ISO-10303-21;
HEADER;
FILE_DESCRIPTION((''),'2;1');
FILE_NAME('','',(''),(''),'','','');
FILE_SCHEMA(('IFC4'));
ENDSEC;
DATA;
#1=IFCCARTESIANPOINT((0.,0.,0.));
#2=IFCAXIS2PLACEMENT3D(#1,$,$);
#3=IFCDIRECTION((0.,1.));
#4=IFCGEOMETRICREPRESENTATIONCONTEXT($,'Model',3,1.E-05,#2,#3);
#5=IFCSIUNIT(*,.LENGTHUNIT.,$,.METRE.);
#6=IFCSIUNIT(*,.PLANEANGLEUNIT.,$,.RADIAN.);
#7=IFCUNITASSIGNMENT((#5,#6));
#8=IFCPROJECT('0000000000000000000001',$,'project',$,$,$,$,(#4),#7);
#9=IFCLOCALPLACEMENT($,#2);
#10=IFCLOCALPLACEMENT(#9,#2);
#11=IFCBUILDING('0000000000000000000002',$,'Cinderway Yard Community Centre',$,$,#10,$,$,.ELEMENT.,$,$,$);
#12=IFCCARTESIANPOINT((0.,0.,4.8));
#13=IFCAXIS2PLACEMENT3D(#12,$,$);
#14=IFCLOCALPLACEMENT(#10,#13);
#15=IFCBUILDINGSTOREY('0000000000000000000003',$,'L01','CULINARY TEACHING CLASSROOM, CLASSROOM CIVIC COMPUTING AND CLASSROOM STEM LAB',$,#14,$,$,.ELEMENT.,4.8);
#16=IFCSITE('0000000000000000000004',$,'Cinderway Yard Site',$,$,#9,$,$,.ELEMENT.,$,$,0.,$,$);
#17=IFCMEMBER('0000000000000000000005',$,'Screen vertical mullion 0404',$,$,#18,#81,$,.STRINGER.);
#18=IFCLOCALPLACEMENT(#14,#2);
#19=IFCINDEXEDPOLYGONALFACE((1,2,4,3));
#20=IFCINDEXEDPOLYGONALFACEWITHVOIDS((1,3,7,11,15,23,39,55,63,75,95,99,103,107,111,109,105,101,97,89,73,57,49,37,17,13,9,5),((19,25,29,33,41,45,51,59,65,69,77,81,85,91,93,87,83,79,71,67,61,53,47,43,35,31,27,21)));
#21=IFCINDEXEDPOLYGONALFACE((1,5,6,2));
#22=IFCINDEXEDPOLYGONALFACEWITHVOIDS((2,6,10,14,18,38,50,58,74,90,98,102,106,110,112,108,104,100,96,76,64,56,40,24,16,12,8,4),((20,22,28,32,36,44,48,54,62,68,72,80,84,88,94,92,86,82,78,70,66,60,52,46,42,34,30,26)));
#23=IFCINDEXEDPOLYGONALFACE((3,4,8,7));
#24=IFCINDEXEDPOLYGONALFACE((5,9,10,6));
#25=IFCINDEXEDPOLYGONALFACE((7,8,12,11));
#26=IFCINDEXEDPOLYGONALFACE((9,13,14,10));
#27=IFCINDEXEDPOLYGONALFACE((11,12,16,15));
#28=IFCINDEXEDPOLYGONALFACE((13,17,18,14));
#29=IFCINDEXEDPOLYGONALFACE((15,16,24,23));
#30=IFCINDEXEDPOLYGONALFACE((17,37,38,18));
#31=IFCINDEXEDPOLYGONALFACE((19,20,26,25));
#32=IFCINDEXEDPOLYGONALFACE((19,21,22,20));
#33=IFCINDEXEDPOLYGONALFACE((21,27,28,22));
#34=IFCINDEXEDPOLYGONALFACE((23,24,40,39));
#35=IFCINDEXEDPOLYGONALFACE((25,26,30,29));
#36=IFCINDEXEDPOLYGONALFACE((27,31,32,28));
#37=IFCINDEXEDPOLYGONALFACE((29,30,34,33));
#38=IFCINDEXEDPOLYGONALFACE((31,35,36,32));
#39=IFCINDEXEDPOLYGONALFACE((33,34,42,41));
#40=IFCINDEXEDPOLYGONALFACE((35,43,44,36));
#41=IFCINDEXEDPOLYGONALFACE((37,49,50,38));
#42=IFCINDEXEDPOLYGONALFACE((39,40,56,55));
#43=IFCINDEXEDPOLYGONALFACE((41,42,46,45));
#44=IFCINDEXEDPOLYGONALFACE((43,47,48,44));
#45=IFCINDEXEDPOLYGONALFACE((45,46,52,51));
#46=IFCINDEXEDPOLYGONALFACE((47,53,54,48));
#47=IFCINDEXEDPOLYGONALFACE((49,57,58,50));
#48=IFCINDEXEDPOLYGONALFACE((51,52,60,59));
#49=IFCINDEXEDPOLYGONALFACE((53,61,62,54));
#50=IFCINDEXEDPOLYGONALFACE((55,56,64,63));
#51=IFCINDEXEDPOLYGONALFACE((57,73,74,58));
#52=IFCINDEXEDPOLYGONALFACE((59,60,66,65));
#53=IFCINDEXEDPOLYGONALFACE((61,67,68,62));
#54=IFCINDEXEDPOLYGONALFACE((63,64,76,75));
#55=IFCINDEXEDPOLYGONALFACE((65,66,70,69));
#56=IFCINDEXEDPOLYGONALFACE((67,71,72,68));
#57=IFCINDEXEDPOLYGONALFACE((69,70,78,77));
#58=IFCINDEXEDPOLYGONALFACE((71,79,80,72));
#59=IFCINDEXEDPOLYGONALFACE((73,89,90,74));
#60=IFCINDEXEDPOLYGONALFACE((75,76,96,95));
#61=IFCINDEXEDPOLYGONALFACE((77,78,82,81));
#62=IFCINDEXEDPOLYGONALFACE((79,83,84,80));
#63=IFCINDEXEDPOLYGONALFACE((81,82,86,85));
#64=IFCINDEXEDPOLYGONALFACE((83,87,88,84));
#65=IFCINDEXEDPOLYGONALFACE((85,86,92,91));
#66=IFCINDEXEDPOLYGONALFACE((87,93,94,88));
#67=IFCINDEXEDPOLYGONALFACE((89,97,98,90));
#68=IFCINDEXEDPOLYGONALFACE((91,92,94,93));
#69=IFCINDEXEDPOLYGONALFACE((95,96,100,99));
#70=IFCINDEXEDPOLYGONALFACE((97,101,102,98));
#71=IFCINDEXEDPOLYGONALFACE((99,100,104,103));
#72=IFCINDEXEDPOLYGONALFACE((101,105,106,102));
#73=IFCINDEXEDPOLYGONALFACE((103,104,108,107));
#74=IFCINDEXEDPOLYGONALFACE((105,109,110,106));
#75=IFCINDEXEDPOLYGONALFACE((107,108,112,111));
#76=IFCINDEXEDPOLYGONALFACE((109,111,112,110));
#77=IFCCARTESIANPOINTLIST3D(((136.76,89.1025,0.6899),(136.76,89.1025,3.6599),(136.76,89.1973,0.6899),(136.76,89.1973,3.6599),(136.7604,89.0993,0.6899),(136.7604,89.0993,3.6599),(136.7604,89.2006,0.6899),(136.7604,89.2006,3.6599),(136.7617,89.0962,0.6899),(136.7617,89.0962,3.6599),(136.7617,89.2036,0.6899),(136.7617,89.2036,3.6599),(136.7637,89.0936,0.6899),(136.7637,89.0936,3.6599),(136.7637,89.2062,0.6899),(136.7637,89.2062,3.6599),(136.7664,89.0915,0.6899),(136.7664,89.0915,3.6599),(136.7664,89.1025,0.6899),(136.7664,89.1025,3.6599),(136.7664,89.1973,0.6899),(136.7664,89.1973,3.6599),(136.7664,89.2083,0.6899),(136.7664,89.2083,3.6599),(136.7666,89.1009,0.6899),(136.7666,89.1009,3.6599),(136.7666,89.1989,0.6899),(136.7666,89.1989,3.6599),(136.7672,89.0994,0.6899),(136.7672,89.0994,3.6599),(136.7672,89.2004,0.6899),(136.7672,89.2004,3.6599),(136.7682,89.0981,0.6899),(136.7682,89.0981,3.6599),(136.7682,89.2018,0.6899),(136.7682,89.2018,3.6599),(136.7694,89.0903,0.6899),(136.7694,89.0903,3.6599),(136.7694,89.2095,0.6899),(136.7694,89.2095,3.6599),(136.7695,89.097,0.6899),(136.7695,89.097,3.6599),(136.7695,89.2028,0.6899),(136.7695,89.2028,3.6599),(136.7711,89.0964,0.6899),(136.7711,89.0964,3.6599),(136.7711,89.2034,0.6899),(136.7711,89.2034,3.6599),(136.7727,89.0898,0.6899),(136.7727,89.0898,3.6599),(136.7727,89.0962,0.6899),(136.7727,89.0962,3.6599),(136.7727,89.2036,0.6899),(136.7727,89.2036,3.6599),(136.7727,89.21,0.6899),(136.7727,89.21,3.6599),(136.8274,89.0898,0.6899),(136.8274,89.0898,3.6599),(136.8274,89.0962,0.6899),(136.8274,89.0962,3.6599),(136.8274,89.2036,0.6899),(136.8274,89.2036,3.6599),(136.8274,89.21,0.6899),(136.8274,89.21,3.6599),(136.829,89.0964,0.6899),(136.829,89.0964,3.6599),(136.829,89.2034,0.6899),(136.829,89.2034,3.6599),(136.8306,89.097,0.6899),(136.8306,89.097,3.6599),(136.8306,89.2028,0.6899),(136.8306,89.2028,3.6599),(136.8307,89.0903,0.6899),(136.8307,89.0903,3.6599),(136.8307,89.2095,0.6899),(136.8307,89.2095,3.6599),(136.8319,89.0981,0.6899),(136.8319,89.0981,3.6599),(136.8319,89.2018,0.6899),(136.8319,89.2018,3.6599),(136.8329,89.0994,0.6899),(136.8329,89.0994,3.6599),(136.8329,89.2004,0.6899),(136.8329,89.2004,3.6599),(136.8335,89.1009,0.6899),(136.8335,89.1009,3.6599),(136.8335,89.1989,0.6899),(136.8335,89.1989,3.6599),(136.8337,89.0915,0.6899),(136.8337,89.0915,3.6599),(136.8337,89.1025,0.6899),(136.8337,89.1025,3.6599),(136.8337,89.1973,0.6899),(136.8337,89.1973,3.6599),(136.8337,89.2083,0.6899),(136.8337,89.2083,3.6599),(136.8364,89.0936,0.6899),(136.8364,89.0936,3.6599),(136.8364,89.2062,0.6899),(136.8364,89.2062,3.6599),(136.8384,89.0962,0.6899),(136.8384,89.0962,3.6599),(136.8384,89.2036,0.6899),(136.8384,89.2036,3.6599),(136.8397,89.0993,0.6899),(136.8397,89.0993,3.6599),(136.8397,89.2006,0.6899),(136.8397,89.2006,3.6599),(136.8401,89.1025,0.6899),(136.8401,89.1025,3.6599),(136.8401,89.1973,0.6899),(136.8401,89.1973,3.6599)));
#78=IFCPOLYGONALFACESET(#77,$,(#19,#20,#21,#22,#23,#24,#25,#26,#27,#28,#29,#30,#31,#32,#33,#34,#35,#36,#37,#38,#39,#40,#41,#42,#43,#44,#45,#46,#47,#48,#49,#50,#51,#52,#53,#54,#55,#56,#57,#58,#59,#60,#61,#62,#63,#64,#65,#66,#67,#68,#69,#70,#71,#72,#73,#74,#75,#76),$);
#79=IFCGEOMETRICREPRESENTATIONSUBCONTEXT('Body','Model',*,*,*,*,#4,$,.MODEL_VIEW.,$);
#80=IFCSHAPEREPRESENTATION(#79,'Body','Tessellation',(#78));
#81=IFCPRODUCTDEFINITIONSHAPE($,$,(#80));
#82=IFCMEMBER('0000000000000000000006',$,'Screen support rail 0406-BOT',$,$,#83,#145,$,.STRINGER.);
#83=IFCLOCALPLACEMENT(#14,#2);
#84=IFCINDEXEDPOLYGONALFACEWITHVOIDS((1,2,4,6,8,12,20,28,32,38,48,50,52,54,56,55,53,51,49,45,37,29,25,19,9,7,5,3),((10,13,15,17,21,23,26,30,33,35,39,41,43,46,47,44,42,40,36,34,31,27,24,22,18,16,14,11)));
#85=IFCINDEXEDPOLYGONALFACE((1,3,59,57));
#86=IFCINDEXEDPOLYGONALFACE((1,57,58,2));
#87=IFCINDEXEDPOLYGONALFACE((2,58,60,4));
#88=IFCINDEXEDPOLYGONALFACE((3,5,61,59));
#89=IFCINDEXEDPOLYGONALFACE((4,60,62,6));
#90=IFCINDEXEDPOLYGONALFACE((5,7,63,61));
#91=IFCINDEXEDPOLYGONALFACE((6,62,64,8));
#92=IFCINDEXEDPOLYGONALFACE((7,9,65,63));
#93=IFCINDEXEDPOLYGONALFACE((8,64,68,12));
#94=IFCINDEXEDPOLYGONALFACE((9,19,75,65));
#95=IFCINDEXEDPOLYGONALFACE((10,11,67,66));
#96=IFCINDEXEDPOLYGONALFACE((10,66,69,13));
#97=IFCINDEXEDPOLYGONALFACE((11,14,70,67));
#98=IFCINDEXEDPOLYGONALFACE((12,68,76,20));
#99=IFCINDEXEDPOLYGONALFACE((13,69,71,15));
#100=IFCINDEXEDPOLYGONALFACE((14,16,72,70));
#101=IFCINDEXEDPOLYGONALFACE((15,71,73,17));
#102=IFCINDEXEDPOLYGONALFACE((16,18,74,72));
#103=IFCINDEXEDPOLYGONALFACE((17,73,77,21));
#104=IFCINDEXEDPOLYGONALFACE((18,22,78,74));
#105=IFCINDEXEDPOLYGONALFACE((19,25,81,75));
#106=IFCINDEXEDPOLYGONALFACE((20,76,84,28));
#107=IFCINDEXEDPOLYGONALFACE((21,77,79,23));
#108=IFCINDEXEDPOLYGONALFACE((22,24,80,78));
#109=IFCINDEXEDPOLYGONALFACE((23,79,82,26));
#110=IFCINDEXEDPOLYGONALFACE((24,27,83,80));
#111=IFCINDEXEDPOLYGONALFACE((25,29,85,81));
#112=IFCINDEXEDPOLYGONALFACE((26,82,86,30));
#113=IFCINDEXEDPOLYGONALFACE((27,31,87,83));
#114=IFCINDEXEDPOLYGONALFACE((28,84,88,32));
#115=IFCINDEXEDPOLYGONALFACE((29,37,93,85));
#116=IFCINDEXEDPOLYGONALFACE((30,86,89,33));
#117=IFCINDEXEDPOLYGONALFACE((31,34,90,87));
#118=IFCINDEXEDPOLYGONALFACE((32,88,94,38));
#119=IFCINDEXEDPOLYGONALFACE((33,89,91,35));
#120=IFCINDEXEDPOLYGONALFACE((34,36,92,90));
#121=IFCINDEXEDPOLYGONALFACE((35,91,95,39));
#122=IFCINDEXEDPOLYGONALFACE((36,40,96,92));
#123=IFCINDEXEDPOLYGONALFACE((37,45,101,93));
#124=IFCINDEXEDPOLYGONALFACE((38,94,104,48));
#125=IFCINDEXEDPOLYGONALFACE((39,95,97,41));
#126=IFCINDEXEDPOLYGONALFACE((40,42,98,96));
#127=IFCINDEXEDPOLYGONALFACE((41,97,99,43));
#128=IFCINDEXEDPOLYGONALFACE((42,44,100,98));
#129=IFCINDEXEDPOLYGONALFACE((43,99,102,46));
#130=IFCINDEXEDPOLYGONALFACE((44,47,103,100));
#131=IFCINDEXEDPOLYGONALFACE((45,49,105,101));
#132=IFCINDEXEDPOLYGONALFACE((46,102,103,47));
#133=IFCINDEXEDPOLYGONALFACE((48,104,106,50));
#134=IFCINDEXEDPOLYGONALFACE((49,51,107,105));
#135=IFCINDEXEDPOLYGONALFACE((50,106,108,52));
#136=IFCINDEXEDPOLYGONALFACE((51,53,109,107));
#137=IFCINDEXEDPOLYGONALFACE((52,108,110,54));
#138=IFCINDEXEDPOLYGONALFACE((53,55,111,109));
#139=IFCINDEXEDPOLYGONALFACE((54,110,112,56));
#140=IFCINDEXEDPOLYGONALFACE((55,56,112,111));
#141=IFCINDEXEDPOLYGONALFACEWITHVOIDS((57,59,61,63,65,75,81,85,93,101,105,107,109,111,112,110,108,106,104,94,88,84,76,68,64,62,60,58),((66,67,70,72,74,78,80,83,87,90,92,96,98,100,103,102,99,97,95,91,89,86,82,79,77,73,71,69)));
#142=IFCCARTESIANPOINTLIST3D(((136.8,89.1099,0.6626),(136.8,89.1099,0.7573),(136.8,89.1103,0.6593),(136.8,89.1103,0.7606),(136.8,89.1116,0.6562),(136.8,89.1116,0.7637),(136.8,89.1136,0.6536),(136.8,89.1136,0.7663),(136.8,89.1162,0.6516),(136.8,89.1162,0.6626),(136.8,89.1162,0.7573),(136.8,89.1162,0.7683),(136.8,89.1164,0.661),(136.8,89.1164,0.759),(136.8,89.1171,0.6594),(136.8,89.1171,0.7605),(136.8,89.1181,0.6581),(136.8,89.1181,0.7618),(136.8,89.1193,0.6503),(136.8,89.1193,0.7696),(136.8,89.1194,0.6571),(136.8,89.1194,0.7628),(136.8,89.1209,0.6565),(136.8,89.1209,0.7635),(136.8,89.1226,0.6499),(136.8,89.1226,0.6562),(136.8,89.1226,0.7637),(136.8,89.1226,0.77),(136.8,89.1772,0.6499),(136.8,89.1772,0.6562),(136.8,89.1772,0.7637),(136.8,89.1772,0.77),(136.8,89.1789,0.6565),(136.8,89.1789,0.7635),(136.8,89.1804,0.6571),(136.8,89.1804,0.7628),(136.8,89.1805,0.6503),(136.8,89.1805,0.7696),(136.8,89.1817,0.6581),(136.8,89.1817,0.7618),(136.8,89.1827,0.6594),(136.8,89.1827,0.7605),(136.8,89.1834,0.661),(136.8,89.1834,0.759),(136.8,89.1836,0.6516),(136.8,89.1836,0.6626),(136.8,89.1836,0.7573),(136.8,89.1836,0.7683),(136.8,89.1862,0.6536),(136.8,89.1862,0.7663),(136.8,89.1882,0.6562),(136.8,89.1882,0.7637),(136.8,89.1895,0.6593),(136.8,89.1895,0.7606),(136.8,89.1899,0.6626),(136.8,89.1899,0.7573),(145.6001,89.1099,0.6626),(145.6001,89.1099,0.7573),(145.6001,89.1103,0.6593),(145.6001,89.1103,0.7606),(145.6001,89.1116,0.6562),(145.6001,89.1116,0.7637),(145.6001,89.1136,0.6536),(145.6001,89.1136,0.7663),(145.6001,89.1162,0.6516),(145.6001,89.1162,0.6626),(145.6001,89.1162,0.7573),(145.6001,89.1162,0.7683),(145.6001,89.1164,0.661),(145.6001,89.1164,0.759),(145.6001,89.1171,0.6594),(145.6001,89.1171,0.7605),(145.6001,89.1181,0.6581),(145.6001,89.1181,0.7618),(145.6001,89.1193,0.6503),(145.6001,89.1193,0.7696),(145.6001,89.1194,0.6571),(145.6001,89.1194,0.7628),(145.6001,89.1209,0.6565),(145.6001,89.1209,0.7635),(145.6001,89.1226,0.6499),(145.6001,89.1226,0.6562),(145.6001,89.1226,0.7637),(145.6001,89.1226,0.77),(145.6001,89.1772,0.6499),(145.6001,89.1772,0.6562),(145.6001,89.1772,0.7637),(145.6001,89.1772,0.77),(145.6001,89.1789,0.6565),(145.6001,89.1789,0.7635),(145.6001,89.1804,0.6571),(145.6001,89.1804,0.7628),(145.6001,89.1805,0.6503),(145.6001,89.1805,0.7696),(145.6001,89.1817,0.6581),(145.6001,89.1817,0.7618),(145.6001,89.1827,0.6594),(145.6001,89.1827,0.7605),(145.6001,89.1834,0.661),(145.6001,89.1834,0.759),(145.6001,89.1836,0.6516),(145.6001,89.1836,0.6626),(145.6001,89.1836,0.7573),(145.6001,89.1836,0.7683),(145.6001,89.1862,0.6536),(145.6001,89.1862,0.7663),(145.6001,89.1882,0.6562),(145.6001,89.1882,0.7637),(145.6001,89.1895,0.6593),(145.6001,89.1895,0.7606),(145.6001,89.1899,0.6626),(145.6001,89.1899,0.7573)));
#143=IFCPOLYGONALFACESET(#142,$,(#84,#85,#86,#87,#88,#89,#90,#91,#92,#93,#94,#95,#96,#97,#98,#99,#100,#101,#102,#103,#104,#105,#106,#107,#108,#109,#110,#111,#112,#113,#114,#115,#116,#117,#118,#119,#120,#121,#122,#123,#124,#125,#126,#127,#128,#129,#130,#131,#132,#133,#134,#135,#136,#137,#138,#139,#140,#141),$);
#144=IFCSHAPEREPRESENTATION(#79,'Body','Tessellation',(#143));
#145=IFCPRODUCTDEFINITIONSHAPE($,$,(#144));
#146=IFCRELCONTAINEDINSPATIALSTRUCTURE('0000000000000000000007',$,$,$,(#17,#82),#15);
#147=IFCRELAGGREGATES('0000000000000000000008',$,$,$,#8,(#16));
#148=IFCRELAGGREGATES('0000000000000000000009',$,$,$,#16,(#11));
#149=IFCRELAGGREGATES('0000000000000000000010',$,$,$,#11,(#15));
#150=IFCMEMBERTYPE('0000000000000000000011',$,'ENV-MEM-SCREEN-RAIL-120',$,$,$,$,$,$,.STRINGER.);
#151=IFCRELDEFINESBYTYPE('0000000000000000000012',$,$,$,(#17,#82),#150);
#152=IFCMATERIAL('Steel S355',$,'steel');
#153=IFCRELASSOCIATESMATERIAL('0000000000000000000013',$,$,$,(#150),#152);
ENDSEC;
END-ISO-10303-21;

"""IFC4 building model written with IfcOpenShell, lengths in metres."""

from ifc_helpers import new_model, si_unit, direction, frame, origin, origin_2d, place, context, subcontext, project, spatial, hollow_rectangle, extrude, material, material_profile, profile_set, type_object, element, save


model = new_model("IFC4")

# Units and contexts
model_context = context("Model", 3, precision=1e-05, world=origin(), true_north=direction((0.0, 1.0)))
body_context = subcontext(model_context, "Body", "Model", "MODEL_VIEW")
ifc_project = project(units=[si_unit("LENGTHUNIT", "METRE"), si_unit("PLANEANGLEUNIT", "RADIAN")], contexts=[model_context])

# Site, building, storey
site_placement = place(None, origin())
site = spatial("IfcSite", under=ifc_project, at=site_placement, Name="Cinderway Yard Site", CompositionType="ELEMENT", RefElevation=0.0)
building_placement = place(site_placement, origin())
building = spatial("IfcBuilding", under=site, at=building_placement, Name="Cinderway Yard Community Centre", CompositionType="ELEMENT")
storey_placement = place(building_placement, frame((0.0, 0.0, 4.8)))
storey = spatial("IfcBuildingStorey", under=building, at=storey_placement, Name="L01", Description="CULINARY TEACHING CLASSROOM, CLASSROOM CIVIC COMPUTING AND CLASSROOM STEM LAB", CompositionType="ELEMENT", Elevation=4.8)

# Members
ifc_material_1 = material(Name="Steel S355", Category="steel")
ifc_material_profile_1 = material_profile(ifc_material_1, hollow_rectangle(XDim=0.0801, YDim=0.1201, WallThickness=0.0063, InnerFilletRadius=0.0063, OuterFilletRadius=0.0127, at=origin_2d()), Name="Steel S355")
ifc_profile_set_1 = profile_set([ifc_material_profile_1], Name="Steel S355")
member_type_1 = type_object("IfcMemberType", Name="ENV-MEM-SCREEN-RAIL-120", PredefinedType="STRINGER", material=ifc_profile_set_1)
for number, where, z_axis, x_axis, name in (
    (1, (136.8, 89.1499, 0.6899), (0.0, 0.0, 1.0), (1.0, 0.0, 0.0), "Screen vertical mullion 0404"),
):
    element("IfcMember", number, at=place(storey_placement, frame(where, z_axis=z_axis, x_axis=x_axis)), inside=storey, type_object=member_type_1, Name=name, PredefinedType="STRINGER", context=body_context, shape_type="SweptSolid", body=[
        extrude(hollow_rectangle(XDim=0.0801, YDim=0.1201, WallThickness=0.0063, InnerFilletRadius=0.0063, OuterFilletRadius=0.0127, at=origin_2d()), origin(), (0.0, 0.0, 1.0), 2.97),
    ])
for number, where, z_axis, x_axis, name in (
    (2, (136.8, 89.1499, 0.71), (1.0, 0.0, 0.0), (0.0, 1.0, 0.0), "Screen support rail 0406-BOT"),
):
    element("IfcMember", number, at=place(storey_placement, frame(where, z_axis=z_axis, x_axis=x_axis)), inside=storey, type_object=member_type_1, Name=name, PredefinedType="STRINGER", context=body_context, shape_type="SweptSolid", body=[
        extrude(hollow_rectangle(XDim=0.0801, YDim=0.1201, WallThickness=0.0063, InnerFilletRadius=0.0063, OuterFilletRadius=0.0127, at=origin_2d()), origin(), (0.0, 0.0, 1.0), 8.8),
    ])

save(model, "model.ifc")
